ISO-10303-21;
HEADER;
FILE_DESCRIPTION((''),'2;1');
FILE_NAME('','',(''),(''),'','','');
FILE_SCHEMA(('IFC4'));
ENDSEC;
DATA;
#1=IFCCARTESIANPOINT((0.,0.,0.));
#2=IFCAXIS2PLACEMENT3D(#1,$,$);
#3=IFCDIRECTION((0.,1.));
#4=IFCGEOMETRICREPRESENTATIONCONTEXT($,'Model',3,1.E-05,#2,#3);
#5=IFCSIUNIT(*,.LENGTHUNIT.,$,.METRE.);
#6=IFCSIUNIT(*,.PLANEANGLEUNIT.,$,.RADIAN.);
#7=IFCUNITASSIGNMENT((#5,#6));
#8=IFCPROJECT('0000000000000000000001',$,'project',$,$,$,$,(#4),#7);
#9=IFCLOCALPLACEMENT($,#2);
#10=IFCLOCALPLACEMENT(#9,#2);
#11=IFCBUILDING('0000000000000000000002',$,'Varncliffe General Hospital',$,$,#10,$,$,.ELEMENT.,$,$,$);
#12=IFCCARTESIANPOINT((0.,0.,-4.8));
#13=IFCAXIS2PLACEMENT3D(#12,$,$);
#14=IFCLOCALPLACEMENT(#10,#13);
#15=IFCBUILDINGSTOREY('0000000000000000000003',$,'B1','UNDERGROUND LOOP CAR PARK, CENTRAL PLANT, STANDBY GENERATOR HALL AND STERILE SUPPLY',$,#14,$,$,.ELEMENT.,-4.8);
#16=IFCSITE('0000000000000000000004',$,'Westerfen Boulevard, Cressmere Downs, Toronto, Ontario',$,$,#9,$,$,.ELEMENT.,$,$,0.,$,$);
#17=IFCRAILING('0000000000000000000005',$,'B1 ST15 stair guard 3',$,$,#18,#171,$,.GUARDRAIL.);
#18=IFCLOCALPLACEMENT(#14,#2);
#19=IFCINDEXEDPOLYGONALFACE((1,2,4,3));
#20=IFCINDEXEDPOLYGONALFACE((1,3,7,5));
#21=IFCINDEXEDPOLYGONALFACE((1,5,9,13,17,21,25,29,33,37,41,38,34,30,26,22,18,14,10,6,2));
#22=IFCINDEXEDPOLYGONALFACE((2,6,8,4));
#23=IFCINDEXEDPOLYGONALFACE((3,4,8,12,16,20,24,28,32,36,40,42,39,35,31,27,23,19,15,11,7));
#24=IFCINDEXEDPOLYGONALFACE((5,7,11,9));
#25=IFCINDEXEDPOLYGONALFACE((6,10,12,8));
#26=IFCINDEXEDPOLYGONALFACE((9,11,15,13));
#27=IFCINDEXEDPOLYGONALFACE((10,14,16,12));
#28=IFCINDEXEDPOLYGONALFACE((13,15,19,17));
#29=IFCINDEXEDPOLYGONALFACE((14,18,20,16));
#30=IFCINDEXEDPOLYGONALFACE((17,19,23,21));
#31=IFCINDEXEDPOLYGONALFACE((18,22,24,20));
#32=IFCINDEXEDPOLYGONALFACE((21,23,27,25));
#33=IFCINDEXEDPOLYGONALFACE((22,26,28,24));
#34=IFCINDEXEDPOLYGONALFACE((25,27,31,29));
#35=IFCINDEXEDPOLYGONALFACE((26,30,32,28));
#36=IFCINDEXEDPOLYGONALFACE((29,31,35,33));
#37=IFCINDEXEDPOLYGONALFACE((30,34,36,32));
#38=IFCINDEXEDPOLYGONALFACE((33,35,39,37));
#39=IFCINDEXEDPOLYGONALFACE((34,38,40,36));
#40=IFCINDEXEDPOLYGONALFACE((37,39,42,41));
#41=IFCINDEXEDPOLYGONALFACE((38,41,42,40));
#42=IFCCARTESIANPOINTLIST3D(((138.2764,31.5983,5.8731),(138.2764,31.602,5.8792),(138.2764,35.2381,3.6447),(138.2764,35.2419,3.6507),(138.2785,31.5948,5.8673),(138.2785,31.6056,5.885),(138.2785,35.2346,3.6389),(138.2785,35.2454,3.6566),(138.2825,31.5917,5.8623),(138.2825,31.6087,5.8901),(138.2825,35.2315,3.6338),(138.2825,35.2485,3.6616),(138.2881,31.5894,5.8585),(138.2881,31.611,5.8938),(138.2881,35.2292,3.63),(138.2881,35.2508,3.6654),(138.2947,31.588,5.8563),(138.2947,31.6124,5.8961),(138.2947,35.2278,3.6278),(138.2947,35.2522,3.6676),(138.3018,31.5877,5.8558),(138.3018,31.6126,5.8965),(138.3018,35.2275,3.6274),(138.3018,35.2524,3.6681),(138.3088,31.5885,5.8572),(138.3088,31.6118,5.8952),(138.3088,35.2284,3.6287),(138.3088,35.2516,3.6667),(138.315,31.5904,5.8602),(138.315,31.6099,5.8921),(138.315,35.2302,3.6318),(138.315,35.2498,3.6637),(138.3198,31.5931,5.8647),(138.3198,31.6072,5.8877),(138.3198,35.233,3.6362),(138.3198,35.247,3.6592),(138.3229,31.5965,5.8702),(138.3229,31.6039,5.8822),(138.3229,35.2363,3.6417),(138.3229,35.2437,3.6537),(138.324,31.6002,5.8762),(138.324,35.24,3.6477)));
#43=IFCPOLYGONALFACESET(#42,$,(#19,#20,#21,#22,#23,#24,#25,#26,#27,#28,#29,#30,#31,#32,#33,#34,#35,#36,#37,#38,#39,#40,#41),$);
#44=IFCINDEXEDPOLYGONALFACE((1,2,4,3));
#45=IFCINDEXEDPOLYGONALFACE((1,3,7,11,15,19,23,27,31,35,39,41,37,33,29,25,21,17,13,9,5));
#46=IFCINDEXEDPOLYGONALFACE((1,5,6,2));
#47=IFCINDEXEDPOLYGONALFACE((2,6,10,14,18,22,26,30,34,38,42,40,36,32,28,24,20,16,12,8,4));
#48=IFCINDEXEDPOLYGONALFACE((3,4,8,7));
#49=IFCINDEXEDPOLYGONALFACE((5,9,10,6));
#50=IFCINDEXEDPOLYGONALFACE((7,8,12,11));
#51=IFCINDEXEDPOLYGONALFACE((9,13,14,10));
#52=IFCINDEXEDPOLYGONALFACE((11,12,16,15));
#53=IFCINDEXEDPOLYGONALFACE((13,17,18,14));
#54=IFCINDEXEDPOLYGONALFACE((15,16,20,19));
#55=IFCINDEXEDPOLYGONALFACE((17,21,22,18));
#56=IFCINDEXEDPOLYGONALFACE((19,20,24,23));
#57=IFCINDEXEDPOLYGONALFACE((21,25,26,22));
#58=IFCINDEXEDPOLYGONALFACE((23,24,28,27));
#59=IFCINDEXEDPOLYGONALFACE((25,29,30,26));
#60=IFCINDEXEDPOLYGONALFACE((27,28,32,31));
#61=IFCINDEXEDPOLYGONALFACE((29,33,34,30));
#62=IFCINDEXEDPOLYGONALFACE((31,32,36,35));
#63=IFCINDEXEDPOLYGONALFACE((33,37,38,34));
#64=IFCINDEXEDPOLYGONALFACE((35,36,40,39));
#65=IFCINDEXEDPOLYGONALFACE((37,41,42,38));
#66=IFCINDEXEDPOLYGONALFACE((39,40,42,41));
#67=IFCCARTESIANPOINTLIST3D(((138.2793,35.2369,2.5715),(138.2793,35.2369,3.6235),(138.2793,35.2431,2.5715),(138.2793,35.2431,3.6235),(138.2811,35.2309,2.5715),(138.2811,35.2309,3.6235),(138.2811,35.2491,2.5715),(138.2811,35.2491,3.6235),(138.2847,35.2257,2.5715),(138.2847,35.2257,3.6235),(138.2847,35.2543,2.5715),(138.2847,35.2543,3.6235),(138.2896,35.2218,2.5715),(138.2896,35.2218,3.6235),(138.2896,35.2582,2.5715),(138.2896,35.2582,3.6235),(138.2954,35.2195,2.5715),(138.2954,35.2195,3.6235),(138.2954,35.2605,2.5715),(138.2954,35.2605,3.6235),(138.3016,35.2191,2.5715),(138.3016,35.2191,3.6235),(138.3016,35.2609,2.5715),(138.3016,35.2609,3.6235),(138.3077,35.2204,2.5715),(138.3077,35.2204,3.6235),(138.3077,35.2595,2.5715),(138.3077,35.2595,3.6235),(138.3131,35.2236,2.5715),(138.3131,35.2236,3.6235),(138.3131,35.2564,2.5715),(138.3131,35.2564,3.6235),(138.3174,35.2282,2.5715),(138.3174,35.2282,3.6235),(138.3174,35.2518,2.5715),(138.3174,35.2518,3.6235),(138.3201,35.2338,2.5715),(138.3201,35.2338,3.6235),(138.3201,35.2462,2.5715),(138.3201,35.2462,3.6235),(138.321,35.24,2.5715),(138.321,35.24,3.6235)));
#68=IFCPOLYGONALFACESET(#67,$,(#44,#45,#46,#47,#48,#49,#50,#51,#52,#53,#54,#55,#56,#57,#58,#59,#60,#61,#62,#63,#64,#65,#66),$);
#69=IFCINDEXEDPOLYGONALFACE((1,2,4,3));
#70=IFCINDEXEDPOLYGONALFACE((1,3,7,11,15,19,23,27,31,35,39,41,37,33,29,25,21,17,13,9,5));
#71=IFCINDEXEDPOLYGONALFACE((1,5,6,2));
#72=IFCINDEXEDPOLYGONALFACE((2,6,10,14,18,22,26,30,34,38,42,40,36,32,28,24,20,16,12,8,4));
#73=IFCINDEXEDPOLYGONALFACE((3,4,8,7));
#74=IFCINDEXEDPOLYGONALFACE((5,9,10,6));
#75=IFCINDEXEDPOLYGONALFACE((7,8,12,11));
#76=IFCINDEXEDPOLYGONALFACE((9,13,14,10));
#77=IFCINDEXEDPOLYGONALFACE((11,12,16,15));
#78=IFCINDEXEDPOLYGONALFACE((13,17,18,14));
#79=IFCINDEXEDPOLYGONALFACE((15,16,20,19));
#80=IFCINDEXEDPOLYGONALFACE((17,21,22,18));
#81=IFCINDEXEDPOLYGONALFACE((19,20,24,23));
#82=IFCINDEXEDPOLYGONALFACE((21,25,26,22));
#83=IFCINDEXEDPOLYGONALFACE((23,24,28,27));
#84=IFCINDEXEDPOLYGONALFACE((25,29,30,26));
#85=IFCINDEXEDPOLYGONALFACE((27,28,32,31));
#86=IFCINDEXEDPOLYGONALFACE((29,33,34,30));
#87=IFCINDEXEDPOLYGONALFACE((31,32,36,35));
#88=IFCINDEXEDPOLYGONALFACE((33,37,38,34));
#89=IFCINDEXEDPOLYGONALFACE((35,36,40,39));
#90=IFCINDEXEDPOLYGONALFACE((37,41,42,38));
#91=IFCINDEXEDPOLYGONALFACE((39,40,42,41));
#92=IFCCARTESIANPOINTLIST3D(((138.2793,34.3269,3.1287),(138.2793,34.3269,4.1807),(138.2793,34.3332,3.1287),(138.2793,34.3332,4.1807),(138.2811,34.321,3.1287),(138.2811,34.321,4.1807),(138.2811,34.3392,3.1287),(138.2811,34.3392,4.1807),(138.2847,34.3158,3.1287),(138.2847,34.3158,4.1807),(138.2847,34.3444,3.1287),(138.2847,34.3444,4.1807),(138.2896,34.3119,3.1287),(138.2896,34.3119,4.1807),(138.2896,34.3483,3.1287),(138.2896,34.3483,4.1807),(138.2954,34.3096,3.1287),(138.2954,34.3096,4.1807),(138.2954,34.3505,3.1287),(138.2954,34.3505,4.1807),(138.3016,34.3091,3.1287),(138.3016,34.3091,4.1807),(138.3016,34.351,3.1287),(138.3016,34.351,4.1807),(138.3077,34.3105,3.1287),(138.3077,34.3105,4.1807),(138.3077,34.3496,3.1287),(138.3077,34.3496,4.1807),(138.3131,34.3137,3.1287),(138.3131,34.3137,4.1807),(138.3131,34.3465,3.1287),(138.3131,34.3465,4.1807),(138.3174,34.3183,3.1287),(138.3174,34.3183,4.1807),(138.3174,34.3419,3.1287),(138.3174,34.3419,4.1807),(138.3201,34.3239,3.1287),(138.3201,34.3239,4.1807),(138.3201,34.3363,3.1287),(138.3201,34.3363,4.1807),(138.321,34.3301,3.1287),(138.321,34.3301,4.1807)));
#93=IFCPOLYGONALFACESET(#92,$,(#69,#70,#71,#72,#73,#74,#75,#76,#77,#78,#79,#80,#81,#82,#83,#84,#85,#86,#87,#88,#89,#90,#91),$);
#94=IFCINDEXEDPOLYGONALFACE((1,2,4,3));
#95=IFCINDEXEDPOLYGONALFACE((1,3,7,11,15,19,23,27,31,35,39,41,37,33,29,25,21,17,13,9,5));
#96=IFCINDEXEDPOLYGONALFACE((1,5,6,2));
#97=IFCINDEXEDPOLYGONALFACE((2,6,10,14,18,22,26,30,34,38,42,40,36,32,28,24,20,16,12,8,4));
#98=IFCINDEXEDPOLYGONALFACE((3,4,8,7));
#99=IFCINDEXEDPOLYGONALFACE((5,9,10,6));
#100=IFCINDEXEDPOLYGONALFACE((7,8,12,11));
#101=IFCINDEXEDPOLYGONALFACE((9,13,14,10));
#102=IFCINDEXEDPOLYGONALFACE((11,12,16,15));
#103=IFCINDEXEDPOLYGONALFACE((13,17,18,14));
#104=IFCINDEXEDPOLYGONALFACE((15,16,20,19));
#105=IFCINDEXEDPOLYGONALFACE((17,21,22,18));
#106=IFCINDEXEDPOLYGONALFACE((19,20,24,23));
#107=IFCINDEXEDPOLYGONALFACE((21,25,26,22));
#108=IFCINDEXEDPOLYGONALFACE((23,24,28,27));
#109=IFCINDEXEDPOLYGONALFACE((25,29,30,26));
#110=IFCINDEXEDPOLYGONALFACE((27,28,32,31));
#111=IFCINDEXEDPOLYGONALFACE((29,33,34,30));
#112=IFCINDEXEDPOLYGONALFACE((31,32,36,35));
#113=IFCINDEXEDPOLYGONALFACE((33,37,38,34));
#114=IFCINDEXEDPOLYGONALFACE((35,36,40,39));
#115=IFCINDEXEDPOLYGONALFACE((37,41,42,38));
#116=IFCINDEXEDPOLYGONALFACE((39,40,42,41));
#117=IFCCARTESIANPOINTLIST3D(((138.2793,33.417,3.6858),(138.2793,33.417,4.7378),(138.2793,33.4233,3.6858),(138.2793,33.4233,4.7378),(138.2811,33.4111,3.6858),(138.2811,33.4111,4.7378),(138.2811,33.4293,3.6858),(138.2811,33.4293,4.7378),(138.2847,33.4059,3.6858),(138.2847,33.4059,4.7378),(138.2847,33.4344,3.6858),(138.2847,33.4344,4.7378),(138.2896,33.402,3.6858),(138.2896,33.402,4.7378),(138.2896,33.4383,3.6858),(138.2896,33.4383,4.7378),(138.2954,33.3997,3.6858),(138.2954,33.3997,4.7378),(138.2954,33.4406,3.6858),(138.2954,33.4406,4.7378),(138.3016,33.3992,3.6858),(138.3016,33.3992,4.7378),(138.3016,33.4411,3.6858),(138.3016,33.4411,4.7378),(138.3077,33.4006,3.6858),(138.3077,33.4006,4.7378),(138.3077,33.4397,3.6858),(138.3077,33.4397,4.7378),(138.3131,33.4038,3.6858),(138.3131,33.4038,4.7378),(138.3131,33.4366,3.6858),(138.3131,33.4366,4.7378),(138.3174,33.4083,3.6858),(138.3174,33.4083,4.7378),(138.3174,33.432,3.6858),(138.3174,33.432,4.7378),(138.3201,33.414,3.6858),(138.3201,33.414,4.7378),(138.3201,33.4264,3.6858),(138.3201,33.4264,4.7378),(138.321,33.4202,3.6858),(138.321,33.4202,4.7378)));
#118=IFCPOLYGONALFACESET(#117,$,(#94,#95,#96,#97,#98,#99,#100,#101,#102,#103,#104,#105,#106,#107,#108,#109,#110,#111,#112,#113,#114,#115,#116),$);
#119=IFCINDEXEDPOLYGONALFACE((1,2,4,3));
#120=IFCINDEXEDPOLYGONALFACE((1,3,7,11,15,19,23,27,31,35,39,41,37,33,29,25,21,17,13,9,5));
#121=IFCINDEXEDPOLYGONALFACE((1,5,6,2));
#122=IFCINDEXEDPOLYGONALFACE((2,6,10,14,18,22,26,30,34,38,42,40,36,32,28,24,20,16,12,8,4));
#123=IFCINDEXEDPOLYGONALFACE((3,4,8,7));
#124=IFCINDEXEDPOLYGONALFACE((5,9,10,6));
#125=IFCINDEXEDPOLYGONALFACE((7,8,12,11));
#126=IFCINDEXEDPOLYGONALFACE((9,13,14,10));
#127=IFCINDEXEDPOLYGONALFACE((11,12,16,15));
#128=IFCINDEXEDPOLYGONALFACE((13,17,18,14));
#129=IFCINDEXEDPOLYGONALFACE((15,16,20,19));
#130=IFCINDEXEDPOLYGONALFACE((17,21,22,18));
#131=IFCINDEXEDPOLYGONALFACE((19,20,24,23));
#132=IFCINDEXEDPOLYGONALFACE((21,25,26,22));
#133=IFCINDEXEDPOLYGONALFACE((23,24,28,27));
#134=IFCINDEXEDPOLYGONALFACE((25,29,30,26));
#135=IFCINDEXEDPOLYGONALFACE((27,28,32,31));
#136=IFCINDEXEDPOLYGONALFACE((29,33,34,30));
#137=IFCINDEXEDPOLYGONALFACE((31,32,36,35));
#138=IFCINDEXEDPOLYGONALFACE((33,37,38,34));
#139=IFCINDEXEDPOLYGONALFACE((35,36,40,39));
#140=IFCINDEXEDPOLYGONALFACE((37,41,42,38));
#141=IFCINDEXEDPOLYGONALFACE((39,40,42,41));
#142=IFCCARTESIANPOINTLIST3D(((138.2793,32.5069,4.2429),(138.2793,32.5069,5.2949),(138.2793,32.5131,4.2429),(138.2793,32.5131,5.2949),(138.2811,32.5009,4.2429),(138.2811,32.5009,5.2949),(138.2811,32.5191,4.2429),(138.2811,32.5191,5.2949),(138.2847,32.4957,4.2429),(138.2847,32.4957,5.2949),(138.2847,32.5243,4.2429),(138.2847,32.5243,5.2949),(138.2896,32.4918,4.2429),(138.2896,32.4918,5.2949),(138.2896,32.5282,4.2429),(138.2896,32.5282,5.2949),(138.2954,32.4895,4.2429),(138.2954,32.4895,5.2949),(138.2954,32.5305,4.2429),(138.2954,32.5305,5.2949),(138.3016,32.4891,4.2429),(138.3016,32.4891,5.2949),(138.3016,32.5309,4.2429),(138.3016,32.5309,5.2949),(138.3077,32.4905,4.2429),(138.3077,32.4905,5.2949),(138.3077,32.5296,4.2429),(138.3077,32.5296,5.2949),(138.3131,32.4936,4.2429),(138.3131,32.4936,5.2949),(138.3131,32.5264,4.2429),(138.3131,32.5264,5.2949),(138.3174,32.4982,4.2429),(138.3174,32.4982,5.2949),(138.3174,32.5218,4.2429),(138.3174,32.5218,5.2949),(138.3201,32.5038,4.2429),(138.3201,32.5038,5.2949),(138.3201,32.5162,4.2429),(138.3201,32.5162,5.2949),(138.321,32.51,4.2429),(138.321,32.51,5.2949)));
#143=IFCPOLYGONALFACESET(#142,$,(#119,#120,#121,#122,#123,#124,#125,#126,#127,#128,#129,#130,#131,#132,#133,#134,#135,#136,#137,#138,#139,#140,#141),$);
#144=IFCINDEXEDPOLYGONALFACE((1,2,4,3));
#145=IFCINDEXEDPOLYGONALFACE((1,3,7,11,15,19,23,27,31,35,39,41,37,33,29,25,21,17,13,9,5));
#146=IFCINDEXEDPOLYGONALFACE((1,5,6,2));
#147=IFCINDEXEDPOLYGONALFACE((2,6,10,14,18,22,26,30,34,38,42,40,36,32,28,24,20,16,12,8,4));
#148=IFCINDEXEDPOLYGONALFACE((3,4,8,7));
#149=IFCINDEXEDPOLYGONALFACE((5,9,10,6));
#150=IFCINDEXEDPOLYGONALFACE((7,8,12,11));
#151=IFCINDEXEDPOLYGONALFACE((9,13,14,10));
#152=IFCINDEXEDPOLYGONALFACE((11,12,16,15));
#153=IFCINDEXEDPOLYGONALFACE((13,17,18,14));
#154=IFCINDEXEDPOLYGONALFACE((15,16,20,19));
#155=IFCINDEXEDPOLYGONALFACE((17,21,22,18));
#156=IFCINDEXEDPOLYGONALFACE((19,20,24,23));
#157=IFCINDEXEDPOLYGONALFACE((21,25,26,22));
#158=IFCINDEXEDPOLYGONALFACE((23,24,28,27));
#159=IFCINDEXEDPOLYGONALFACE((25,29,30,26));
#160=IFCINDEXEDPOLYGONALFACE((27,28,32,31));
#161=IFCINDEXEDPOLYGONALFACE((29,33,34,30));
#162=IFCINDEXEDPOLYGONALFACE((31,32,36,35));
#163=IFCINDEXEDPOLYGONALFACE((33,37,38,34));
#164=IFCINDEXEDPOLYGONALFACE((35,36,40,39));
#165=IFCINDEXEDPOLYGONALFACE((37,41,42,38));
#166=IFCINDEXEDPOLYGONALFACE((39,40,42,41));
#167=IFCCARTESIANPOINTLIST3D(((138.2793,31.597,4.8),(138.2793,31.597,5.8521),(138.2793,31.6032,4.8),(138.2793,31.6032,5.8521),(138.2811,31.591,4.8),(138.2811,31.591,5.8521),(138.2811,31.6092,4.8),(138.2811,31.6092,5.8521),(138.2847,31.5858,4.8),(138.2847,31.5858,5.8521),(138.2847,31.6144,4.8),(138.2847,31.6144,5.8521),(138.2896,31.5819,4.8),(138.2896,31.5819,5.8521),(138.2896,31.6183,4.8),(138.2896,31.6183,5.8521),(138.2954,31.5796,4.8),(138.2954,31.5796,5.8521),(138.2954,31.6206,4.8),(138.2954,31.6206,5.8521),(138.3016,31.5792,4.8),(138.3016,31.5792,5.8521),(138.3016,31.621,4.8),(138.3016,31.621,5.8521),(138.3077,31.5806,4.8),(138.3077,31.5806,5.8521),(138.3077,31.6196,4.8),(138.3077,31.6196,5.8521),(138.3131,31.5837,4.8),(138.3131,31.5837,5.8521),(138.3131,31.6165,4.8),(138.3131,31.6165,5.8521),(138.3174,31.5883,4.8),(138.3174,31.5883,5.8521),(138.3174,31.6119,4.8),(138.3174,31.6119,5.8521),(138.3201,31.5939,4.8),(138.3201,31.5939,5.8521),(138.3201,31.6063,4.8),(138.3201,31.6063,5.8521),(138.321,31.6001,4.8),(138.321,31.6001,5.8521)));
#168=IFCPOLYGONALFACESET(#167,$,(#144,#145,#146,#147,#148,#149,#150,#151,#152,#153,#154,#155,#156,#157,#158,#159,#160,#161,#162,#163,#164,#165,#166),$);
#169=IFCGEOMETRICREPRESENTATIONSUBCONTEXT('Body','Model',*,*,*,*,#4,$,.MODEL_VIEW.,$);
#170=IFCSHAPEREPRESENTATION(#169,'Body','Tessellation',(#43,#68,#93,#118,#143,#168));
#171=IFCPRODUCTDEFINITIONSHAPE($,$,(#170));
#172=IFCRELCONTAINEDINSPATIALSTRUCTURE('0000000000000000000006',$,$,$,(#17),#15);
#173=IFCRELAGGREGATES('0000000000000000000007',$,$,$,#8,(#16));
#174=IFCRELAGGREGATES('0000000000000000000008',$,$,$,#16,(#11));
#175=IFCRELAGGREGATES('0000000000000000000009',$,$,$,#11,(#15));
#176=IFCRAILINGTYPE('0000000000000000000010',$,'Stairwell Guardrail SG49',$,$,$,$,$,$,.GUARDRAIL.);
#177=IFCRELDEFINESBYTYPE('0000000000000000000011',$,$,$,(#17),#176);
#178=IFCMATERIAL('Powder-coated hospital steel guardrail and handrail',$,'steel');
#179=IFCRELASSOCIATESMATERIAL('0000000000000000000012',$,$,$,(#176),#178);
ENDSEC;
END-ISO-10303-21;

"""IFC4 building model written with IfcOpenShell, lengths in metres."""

from ifc_helpers import new_model, si_unit, direction, frame, origin, origin_2d, place, context, subcontext, project, spatial, circle, extrude, material, type_object, element, save


model = new_model("IFC4")

# Units and contexts
model_context = context("Model", 3, precision=1e-05, world=origin(), true_north=direction((0.0, 1.0)))
body_context = subcontext(model_context, "Body", "Model", "MODEL_VIEW")
ifc_project = project(units=[si_unit("LENGTHUNIT", "METRE"), si_unit("PLANEANGLEUNIT", "RADIAN")], contexts=[model_context])

# Site, building, storey
site_placement = place(None, origin())
site = spatial("IfcSite", under=ifc_project, at=site_placement, Name="Westerfen Boulevard, Cressmere Downs, Toronto, Ontario", CompositionType="ELEMENT", RefElevation=0.0)
building_placement = place(site_placement, origin())
building = spatial("IfcBuilding", under=site, at=building_placement, Name="Varncliffe General Hospital", CompositionType="ELEMENT")
storey_placement = place(building_placement, frame((0.0, 0.0, -4.8)))
storey = spatial("IfcBuildingStorey", under=building, at=storey_placement, Name="B1", Description="UNDERGROUND LOOP CAR PARK, CENTRAL PLANT, STANDBY GENERATOR HALL AND STERILE SUPPLY", CompositionType="ELEMENT", Elevation=-4.8)

# Railing
ifc_material_1 = material(Name="Powder-coated hospital steel guardrail and handrail", Category="steel")
railing_type_1 = type_object("IfcRailingType", Name="Stairwell Guardrail SG49", PredefinedType="GUARDRAIL", material=ifc_material_1)
railing_1_placement = place(storey_placement, frame((138.3, 35.24, 2.5715)))
element("IfcRailing", 1, at=railing_1_placement, inside=storey, type_object=railing_type_1, Name="B1 ST15 stair guard 3", PredefinedType="GUARDRAIL", context=body_context, shape_type="SweptSolid", body=[
    extrude(circle(Radius=0.0239, at=origin_2d()), frame((0.0, 0.0, 1.0762), z_axis=(0.0, -0.85285, 0.522156), x_axis=(1.0, 0.0, 0.0)), (0.0, 0.0, 1.0), 4.2678),
    extrude(circle(Radius=0.021, at=origin_2d()), origin(), (0.0, 0.0, 1.0), 1.052),
    extrude(circle(Radius=0.021, at=origin_2d()), frame((0.0, -0.9099, 0.5571)), (0.0, 0.0, 1.0), 1.052),
    extrude(circle(Radius=0.021, at=origin_2d()), frame((0.0, -1.8198, 1.1143)), (0.0, 0.0, 1.0), 1.052),
    extrude(circle(Radius=0.021, at=origin_2d()), frame((0.0, -2.73, 1.6714)), (0.0, 0.0, 1.0), 1.052),
    extrude(circle(Radius=0.021, at=origin_2d()), frame((0.0, -3.6399, 2.2285)), (0.0, 0.0, 1.0), 1.052),
])

save(model, "model.ifc")
